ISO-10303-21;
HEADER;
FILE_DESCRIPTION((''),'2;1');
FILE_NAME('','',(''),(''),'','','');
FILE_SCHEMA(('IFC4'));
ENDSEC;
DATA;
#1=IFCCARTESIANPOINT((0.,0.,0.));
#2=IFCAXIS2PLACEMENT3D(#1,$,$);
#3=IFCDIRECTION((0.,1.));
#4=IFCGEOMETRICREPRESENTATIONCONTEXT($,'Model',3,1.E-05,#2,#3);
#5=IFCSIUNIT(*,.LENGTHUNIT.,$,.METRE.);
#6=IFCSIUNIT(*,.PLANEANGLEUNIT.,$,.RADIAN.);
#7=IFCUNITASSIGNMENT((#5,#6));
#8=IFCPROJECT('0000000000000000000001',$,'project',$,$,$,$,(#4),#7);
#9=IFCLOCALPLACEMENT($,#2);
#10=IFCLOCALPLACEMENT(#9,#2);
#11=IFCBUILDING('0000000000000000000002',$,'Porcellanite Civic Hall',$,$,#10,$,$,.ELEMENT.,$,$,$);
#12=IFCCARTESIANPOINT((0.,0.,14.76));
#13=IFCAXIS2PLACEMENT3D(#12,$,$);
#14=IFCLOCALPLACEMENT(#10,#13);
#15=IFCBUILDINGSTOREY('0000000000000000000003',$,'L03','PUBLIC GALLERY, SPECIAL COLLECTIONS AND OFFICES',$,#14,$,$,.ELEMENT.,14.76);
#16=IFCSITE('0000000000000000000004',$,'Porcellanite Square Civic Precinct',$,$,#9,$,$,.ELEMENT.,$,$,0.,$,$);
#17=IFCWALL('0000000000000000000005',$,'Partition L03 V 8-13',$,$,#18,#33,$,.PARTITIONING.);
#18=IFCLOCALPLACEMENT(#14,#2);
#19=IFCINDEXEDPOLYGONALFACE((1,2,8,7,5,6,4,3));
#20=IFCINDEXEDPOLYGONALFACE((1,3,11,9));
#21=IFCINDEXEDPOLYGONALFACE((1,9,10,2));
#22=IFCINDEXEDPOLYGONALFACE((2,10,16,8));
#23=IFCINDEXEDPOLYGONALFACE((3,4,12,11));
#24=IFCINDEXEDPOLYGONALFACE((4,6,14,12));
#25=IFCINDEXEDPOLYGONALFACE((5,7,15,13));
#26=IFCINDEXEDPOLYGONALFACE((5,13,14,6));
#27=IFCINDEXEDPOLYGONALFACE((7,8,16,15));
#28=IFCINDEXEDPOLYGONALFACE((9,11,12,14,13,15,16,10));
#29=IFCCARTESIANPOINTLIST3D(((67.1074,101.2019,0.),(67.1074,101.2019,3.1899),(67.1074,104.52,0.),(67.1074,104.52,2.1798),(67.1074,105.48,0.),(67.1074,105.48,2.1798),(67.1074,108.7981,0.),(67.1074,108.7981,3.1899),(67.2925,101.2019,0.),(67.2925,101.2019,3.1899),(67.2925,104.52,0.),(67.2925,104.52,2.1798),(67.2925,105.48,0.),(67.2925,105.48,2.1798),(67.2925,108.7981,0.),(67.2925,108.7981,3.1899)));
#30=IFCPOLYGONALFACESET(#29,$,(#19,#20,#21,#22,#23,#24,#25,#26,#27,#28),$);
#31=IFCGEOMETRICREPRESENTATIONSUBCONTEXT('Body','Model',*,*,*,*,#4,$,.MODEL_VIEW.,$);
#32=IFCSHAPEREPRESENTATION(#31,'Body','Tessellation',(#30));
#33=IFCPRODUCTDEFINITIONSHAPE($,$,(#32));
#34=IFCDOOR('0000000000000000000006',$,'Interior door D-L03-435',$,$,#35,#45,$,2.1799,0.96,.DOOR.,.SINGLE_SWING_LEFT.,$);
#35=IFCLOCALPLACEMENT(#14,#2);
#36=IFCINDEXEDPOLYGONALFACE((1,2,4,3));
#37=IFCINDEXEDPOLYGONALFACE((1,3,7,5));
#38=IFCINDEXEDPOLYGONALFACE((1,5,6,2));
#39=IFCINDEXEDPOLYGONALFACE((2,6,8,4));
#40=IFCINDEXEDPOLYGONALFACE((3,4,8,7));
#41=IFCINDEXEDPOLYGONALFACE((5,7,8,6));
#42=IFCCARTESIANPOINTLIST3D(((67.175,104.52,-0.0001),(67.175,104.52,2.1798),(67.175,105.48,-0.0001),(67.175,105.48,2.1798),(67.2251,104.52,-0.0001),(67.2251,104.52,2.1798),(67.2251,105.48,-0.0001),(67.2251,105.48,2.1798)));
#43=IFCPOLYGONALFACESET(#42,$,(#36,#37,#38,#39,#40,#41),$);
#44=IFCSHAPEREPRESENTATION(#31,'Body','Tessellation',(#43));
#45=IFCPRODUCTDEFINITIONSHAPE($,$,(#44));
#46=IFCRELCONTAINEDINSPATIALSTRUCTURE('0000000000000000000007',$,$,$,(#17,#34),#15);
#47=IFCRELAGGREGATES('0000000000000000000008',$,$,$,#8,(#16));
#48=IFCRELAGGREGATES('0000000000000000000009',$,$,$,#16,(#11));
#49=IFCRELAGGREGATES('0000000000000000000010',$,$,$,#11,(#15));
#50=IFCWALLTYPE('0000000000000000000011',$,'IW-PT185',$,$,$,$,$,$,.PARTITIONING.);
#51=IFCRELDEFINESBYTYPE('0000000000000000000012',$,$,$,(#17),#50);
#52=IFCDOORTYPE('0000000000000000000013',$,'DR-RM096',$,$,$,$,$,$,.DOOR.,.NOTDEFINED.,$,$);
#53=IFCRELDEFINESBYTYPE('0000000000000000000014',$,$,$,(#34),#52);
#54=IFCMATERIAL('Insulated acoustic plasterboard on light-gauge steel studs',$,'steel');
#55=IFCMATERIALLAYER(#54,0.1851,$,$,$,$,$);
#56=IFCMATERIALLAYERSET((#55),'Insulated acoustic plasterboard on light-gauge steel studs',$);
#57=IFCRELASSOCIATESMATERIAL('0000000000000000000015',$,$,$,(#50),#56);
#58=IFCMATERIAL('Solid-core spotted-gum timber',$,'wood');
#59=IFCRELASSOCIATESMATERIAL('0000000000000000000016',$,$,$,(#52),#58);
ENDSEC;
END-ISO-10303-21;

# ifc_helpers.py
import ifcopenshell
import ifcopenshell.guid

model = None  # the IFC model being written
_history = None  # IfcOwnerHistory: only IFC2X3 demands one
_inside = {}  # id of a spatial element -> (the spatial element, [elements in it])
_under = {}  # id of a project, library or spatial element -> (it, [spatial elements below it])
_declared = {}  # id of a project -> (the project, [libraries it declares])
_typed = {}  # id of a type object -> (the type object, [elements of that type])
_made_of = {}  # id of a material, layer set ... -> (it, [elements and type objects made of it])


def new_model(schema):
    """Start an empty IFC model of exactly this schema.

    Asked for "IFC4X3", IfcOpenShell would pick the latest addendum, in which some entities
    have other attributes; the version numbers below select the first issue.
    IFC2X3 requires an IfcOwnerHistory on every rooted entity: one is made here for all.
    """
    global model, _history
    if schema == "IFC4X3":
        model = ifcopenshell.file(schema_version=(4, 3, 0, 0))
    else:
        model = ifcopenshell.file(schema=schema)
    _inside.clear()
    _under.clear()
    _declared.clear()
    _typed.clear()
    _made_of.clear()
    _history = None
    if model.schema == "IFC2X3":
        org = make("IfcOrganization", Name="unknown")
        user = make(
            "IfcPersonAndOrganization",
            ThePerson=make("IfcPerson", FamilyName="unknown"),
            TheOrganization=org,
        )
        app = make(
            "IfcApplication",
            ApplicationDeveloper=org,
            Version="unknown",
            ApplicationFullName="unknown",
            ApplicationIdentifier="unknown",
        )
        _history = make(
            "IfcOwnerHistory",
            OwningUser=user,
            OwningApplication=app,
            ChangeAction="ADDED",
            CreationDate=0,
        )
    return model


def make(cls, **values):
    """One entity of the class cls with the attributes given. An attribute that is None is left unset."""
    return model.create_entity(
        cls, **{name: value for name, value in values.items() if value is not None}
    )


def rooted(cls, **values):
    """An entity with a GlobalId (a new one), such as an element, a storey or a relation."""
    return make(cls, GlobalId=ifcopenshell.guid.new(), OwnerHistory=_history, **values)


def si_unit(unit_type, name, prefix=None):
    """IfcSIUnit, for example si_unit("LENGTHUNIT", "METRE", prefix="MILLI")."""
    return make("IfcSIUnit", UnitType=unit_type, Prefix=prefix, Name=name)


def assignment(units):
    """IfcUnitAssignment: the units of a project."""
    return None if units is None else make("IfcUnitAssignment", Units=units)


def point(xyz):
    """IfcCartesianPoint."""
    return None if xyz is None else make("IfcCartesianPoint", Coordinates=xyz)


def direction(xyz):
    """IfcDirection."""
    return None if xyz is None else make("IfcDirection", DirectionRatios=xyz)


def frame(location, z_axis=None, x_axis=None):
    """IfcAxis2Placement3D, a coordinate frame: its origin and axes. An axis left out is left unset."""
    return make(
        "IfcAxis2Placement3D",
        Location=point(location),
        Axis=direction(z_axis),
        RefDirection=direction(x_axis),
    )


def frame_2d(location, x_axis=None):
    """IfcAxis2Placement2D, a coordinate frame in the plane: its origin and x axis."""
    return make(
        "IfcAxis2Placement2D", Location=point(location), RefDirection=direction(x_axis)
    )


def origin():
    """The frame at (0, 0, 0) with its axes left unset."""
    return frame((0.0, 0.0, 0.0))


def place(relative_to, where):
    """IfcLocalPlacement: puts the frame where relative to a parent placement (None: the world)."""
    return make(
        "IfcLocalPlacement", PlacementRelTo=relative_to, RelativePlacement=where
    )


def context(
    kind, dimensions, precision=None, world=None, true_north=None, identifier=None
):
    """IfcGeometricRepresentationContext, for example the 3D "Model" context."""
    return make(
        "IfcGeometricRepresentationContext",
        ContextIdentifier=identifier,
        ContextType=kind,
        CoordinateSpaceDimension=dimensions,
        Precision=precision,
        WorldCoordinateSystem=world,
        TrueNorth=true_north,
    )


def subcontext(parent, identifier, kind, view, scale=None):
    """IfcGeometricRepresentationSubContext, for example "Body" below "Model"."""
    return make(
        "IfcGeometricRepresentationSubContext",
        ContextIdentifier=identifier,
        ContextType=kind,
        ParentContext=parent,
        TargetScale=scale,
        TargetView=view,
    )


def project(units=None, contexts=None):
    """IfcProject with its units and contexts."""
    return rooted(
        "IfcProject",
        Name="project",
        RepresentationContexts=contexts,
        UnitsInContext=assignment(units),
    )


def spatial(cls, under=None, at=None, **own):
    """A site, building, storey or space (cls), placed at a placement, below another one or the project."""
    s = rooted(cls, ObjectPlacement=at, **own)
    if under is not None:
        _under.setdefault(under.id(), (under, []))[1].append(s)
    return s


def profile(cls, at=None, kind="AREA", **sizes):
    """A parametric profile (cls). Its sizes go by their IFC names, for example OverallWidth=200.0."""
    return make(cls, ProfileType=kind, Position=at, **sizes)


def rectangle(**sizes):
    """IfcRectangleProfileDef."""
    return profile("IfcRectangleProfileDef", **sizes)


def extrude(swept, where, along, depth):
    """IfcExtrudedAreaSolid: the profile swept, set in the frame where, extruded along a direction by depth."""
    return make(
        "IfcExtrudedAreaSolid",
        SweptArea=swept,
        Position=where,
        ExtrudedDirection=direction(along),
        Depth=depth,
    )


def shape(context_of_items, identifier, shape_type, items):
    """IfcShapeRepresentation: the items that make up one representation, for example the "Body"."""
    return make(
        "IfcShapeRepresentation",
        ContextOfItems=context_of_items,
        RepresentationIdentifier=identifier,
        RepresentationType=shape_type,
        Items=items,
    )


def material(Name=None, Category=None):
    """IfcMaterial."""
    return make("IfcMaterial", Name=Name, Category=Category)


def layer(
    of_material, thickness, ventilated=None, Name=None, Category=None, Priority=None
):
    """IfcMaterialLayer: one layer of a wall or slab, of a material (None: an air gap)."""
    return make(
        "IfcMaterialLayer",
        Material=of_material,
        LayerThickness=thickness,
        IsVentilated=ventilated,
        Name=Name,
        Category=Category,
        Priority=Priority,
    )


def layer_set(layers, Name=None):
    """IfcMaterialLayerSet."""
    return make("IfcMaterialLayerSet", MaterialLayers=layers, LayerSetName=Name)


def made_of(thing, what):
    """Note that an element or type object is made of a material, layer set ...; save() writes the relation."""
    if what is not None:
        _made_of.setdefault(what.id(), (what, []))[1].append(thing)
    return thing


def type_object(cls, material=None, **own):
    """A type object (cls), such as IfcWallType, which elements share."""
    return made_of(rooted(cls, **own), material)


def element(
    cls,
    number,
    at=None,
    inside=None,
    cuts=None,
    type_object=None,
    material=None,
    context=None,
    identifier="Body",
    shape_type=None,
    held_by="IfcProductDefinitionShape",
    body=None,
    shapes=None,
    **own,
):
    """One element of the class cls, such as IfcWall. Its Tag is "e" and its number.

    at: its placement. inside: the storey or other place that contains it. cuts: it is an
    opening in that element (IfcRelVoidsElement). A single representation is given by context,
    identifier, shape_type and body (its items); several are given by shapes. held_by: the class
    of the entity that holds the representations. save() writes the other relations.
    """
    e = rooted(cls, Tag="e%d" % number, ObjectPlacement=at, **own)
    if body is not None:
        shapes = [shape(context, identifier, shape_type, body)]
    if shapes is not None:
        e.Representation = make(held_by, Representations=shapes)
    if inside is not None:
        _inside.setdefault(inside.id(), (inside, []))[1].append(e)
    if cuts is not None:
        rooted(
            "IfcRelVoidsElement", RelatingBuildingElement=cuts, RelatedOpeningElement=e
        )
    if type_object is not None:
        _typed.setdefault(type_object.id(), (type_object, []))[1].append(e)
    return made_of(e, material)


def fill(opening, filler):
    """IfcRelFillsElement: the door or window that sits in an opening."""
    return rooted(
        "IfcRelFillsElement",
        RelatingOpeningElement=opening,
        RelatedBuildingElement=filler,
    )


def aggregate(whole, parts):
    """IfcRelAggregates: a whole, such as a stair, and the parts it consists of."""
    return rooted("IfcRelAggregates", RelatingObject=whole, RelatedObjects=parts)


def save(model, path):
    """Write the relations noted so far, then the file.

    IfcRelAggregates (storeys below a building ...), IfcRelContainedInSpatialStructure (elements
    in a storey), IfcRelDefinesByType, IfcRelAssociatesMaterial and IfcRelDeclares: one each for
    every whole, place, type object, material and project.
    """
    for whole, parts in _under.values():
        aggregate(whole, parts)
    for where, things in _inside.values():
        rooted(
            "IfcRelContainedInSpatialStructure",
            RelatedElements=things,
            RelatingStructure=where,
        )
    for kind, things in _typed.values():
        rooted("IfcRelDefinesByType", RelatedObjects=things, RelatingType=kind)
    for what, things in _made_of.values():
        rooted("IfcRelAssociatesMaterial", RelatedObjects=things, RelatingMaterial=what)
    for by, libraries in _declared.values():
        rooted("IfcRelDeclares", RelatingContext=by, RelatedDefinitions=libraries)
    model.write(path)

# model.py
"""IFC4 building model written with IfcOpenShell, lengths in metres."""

from ifc_helpers import new_model, si_unit, direction, frame, frame_2d, origin, place, context, subcontext, project, spatial, rectangle, extrude, material, layer, layer_set, type_object, element, fill, save


model = new_model("IFC4")

# Units and contexts
model_context = context("Model", 3, precision=1e-05, world=origin(), true_north=direction((0.0, 1.0)))
body_context = subcontext(model_context, "Body", "Model", "MODEL_VIEW")
ifc_project = project(units=[si_unit("LENGTHUNIT", "METRE"), si_unit("PLANEANGLEUNIT", "RADIAN")], contexts=[model_context])

# Site, building, storey
site_placement = place(None, origin())
site = spatial("IfcSite", under=ifc_project, at=site_placement, Name="Porcellanite Square Civic Precinct", CompositionType="ELEMENT", RefElevation=0.0)
building_placement = place(site_placement, origin())
building = spatial("IfcBuilding", under=site, at=building_placement, Name="Porcellanite Civic Hall", CompositionType="ELEMENT")
storey_placement = place(building_placement, frame((0.0, 0.0, 14.76)))
storey = spatial("IfcBuildingStorey", under=building, at=storey_placement, Name="L03", Description="PUBLIC GALLERY, SPECIAL COLLECTIONS AND OFFICES", CompositionType="ELEMENT", Elevation=14.76)

# Wall, opening, door
ifc_material_1 = material(Name="Insulated acoustic plasterboard on light-gauge steel studs", Category="steel")
ifc_layer_1 = layer(ifc_material_1, 0.1851)
ifc_layer_set_1 = layer_set([ifc_layer_1], Name="Insulated acoustic plasterboard on light-gauge steel studs")
wall_type_1 = type_object("IfcWallType", Name="IW-PT185", PredefinedType="PARTITIONING", material=ifc_layer_set_1)
wall_1_placement = place(storey_placement, frame((67.2, 101.2019, 0.0), z_axis=(0.0, 0.0, 1.0), x_axis=(0.0, 1.0, 0.0)))
wall_1 = element("IfcWall", 1, at=wall_1_placement, inside=storey, type_object=wall_type_1, Name="Partition L03 V 8-13", PredefinedType="PARTITIONING", context=body_context, shape_type="SweptSolid", body=[
    extrude(rectangle(XDim=7.5962, YDim=0.1851, at=frame_2d((3.7981, 0.0))), origin(), (0.0, 0.0, 1.0), 3.1899),
])
opening_1_placement = place(wall_1_placement, frame((3.3181, 0.0, 0.0)))
opening_1 = element("IfcOpeningElement", 2, at=opening_1_placement, cuts=wall_1, PredefinedType="OPENING", context=body_context, shape_type="SweptSolid", body=[
    extrude(rectangle(XDim=0.96, YDim=2.1799, at=frame_2d((0.48, 1.0898))), frame((0.0, 0.0925, 0.0), z_axis=(0.0, -1.0, 0.0), x_axis=(1.0, 0.0, 0.0)), (0.0, 0.0, 1.0), 0.1851),
])
ifc_material_2 = material(Name="Solid-core spotted-gum timber", Category="wood")
door_type = type_object("IfcDoorType", Name="DR-RM096", OperationType="NOTDEFINED", PredefinedType="DOOR", material=ifc_material_2)
door_placement = place(opening_1_placement, origin())
door = element("IfcDoor", 3, at=door_placement, inside=storey, type_object=door_type, Name="Interior door D-L03-435", OperationType="SINGLE_SWING_LEFT", OverallHeight=2.1799, OverallWidth=0.96, PredefinedType="DOOR", context=body_context, shape_type="SweptSolid", body=[
    extrude(rectangle(XDim=0.96, YDim=2.1799, at=frame_2d((0.48, 1.0898))), frame((0.0, 0.0249, 0.0), z_axis=(0.0, -1.0, 0.0), x_axis=(1.0, 0.0, 0.0)), (0.0, 0.0, 1.0), 0.05),
])
fill(opening_1, door)

save(model, "model.ifc")
